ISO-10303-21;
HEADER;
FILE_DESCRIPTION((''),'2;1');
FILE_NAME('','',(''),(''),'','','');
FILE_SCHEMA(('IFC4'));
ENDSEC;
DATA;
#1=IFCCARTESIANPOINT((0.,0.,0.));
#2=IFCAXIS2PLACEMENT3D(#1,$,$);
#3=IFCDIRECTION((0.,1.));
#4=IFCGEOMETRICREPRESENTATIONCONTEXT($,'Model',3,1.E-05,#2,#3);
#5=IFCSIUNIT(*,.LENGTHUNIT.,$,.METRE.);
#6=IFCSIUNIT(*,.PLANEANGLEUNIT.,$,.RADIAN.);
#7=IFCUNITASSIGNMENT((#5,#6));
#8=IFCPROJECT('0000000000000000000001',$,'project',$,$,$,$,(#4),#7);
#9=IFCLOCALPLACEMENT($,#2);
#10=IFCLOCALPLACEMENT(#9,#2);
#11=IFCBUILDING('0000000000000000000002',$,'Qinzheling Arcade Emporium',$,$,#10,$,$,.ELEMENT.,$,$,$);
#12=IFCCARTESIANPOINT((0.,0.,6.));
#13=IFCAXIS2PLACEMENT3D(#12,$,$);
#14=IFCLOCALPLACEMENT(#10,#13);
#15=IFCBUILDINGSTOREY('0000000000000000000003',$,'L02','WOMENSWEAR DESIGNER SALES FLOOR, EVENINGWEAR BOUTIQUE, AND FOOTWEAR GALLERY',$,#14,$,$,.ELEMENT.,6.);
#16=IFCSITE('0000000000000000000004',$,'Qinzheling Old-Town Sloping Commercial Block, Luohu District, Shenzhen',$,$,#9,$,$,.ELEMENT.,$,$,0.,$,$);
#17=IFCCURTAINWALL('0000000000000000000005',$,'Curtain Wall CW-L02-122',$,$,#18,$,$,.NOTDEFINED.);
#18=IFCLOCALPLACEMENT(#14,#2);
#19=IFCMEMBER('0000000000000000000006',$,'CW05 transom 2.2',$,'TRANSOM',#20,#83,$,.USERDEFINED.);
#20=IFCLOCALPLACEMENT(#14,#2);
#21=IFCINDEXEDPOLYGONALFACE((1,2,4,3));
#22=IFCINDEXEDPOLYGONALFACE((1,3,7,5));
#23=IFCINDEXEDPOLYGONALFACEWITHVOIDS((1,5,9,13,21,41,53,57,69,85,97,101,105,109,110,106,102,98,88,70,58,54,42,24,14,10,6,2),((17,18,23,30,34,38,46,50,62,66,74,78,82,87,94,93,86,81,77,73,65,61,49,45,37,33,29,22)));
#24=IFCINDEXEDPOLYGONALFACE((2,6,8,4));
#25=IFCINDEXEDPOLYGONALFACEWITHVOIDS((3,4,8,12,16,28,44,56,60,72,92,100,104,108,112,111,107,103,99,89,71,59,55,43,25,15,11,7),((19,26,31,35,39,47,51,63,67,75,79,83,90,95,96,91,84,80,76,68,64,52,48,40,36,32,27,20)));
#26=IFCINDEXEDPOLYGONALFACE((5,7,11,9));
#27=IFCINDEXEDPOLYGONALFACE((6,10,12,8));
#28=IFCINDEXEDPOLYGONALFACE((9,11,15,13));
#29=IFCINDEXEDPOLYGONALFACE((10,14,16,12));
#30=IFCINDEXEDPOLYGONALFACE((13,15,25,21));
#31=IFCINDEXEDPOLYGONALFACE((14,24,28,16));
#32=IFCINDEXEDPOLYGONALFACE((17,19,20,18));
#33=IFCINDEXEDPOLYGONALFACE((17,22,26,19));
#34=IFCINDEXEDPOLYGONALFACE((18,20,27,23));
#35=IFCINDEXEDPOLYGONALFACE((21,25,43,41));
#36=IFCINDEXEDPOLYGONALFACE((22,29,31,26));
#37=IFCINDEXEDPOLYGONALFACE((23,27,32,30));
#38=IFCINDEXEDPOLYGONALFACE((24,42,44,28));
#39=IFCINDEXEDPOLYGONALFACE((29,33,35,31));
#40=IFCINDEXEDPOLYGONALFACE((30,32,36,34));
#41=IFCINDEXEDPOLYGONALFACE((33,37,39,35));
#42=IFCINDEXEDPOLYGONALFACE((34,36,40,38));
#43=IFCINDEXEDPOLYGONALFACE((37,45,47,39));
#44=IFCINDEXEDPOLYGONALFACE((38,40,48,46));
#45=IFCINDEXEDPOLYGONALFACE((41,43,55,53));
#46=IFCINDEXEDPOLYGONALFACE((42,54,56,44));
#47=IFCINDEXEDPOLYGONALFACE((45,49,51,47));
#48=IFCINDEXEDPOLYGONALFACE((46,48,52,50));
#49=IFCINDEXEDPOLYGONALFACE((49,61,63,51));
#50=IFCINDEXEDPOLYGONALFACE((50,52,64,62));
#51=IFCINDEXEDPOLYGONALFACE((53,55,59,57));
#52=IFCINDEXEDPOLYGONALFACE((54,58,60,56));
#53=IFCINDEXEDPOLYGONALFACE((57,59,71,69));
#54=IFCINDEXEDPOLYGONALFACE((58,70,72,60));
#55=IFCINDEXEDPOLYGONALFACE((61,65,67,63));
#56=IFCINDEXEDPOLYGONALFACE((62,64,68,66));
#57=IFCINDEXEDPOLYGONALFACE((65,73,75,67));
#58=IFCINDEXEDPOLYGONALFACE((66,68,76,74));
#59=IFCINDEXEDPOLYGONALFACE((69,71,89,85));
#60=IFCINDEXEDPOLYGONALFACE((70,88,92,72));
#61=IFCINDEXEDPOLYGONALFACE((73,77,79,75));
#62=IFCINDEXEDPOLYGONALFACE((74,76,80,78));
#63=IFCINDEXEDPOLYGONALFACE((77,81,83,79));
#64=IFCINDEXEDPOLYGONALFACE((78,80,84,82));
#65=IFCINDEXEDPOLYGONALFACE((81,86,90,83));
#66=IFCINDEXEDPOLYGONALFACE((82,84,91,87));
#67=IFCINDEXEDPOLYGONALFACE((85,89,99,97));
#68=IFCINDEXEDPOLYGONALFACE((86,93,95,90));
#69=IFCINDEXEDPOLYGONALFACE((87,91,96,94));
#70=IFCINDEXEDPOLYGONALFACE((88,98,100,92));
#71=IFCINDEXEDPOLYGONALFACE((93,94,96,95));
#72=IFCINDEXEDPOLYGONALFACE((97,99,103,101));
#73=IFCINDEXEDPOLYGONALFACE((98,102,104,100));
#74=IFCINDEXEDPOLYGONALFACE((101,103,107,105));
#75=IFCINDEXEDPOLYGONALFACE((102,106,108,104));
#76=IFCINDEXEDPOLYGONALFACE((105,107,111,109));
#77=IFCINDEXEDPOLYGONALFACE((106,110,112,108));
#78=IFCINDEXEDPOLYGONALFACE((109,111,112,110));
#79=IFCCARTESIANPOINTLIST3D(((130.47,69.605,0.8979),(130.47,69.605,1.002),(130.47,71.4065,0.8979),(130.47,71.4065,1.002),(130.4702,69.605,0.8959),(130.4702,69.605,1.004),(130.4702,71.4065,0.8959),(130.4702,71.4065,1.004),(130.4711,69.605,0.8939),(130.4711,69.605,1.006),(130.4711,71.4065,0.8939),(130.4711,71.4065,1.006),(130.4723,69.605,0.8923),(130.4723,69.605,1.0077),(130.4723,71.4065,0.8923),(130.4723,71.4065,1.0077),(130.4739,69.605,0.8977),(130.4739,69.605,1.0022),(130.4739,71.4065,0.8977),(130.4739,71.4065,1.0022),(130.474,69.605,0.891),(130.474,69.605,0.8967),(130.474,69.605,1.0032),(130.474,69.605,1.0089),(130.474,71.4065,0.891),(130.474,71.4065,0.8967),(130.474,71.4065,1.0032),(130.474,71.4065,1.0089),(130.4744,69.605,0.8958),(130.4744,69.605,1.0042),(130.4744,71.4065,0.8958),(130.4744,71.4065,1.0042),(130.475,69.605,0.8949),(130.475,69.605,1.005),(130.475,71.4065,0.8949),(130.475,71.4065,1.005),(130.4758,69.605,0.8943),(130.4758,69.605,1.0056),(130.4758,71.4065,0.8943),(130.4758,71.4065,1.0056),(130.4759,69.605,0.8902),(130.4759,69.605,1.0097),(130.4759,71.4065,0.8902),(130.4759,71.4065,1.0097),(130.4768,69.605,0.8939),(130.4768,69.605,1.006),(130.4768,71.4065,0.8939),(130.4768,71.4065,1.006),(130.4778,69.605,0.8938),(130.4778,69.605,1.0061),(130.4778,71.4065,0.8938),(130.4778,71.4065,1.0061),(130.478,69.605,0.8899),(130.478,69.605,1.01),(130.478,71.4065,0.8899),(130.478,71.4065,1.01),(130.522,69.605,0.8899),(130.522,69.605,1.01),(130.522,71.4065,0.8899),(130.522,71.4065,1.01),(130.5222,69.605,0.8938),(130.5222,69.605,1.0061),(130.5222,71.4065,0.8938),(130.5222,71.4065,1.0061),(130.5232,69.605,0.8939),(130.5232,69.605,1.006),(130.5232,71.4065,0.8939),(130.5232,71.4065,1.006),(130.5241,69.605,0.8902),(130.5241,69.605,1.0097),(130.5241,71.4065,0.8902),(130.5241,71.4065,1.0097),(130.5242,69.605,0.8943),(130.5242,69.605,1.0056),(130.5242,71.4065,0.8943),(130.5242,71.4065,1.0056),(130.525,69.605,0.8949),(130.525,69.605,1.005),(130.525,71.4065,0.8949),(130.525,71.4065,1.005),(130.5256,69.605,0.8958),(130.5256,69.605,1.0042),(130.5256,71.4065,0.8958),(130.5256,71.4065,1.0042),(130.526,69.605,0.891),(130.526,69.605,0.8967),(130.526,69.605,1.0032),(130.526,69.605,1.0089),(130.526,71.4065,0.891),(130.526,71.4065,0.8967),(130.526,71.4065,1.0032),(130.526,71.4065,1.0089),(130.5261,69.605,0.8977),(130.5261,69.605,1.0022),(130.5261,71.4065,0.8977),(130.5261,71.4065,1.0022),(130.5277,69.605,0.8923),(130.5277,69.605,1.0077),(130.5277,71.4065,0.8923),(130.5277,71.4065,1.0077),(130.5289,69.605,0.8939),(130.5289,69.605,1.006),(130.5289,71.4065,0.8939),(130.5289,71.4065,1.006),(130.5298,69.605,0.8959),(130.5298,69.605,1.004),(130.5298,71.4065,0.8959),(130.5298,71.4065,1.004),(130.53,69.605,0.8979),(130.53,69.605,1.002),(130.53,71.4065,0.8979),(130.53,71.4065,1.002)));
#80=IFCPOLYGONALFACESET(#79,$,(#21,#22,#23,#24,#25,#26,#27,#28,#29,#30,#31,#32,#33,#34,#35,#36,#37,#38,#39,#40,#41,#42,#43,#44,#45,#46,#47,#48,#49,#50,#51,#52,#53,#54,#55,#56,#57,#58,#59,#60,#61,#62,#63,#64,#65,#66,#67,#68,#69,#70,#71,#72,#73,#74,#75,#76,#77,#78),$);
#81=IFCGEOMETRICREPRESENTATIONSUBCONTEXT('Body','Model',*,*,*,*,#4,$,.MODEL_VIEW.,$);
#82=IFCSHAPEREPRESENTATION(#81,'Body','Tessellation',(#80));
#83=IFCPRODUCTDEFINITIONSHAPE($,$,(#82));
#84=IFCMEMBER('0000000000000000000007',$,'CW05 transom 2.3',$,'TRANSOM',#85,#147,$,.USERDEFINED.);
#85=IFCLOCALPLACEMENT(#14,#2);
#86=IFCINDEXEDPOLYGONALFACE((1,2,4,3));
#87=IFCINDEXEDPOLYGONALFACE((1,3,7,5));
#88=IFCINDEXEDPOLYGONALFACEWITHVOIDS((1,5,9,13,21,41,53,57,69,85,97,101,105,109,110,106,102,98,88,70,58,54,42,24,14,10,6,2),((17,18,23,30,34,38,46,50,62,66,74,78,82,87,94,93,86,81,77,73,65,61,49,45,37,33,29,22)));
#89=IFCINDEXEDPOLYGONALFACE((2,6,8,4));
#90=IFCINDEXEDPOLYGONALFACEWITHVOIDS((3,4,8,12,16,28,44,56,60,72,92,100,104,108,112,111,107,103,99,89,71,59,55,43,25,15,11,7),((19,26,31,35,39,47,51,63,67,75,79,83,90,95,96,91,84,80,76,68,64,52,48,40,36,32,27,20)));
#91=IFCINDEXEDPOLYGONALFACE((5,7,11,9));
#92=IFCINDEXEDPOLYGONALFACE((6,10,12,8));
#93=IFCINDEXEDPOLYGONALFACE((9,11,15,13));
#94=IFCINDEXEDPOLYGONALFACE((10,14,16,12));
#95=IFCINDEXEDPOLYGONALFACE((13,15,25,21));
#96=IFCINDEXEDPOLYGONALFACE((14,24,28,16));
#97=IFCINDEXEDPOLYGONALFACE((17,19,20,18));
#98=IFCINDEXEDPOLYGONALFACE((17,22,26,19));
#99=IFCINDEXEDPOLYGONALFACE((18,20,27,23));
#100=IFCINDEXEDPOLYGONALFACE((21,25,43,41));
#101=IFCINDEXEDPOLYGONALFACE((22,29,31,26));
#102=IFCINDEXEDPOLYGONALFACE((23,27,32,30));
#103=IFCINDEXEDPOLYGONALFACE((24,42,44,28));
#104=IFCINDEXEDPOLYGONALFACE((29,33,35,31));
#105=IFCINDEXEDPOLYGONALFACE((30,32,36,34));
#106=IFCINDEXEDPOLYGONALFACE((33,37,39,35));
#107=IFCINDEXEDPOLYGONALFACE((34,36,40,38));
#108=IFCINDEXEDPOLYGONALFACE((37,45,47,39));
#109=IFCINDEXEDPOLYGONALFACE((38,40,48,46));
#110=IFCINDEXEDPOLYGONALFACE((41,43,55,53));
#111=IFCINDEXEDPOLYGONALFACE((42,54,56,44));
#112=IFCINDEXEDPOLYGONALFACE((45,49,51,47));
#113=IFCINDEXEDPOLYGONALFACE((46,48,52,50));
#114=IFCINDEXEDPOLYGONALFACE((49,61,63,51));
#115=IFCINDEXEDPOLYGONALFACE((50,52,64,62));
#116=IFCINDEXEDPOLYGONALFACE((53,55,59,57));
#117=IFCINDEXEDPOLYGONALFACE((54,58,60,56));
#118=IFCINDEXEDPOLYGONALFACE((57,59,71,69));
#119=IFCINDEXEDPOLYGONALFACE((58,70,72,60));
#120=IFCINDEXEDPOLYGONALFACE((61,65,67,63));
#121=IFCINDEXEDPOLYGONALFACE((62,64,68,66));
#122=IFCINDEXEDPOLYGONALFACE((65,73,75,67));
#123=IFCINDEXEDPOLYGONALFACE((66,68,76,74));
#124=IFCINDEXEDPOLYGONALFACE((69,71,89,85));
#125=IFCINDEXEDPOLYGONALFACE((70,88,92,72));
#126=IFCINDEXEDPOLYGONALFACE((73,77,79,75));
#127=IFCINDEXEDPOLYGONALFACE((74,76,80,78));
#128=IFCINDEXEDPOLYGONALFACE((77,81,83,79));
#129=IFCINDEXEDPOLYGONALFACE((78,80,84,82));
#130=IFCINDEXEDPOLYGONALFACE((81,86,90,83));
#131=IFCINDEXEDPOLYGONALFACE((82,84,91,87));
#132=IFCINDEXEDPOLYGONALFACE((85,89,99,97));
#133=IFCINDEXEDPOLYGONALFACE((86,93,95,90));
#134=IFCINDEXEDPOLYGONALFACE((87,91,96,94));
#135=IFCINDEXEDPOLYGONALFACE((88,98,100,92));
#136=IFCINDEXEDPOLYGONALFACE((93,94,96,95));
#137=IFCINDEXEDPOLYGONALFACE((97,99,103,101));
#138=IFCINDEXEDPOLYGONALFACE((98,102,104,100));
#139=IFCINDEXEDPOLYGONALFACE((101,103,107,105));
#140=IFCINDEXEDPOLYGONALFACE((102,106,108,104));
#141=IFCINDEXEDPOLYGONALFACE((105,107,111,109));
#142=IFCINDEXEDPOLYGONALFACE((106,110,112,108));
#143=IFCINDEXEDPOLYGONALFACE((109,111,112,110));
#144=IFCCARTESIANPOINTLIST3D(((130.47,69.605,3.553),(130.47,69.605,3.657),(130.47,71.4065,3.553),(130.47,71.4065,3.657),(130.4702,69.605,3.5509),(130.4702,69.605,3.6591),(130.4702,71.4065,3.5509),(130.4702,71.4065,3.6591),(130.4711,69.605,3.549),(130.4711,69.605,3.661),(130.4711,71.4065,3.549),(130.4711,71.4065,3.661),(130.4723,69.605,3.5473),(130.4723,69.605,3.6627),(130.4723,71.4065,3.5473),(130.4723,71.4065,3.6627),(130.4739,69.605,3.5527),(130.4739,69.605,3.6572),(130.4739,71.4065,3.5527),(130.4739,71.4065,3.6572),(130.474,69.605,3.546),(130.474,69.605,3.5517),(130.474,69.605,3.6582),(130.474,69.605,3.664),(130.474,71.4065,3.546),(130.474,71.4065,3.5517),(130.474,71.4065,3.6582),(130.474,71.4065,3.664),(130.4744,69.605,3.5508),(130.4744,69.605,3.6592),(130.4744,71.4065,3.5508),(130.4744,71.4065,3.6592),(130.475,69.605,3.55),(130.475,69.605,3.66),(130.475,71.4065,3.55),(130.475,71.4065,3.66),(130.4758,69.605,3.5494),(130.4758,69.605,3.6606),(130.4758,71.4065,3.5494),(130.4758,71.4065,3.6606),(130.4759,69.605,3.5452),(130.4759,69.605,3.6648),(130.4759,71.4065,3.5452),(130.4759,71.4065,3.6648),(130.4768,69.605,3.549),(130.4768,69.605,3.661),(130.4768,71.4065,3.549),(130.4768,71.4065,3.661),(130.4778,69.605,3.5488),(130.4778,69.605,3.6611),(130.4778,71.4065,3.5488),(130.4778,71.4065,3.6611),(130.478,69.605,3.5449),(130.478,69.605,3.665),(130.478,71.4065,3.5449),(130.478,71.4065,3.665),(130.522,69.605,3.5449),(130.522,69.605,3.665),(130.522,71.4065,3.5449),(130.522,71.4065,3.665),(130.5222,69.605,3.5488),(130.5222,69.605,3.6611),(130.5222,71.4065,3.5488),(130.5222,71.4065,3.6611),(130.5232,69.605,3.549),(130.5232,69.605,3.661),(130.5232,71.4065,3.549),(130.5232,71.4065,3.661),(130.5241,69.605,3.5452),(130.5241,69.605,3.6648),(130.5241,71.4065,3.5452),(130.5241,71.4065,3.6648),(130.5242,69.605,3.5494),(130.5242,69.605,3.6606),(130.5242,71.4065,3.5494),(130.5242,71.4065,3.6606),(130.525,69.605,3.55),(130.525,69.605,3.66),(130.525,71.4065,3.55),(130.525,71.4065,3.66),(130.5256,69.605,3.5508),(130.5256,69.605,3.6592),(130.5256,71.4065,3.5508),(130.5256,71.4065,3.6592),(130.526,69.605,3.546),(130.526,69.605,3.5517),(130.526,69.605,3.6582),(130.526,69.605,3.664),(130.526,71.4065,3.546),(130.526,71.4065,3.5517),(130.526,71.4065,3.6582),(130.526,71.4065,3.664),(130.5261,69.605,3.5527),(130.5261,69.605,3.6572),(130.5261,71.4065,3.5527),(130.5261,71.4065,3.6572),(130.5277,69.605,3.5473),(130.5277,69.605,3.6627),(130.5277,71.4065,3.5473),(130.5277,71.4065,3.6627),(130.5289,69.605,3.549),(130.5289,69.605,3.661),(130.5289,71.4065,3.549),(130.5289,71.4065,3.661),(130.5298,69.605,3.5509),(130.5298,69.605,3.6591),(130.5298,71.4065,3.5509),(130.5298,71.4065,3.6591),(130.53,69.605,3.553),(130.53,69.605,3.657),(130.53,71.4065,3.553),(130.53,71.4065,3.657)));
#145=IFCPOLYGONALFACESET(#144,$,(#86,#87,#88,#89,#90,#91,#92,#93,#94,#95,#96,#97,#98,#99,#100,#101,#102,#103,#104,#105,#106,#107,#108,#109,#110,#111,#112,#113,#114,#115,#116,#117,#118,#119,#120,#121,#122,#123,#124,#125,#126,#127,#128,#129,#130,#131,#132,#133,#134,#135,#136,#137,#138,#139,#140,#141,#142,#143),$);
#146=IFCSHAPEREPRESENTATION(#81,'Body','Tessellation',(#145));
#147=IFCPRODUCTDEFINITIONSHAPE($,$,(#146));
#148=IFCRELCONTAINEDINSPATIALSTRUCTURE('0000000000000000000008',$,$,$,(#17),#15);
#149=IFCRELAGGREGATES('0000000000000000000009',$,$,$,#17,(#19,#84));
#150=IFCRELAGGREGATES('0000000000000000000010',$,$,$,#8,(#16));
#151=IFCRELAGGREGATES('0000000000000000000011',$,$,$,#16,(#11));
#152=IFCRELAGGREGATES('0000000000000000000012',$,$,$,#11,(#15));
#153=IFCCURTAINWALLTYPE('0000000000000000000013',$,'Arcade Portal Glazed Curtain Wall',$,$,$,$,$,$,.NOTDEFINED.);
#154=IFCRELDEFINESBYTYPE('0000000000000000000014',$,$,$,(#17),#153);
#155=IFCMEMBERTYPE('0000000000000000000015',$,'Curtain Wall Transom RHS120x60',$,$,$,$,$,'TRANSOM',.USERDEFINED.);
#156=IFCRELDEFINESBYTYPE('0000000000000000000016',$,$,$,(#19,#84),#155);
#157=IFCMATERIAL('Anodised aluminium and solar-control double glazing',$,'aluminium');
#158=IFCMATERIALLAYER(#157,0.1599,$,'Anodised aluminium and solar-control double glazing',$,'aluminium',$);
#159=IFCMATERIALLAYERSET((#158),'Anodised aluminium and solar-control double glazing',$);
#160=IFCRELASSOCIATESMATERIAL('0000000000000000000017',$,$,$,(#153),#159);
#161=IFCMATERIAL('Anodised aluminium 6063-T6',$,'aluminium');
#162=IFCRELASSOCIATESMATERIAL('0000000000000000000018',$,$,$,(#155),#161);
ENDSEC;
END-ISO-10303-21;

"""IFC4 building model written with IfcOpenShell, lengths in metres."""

from ifc_helpers import new_model, si_unit, direction, frame, origin, origin_2d, place, context, subcontext, project, spatial, hollow_rectangle, extrude, material, layer, layer_set, material_profile, profile_set, type_object, element, aggregate, save


model = new_model("IFC4")

# Units and contexts
model_context = context("Model", 3, precision=1e-05, world=origin(), true_north=direction((0.0, 1.0)))
body_context = subcontext(model_context, "Body", "Model", "MODEL_VIEW")
ifc_project = project(units=[si_unit("LENGTHUNIT", "METRE"), si_unit("PLANEANGLEUNIT", "RADIAN")], contexts=[model_context])

# Site, building, storey
site_placement = place(None, origin())
site = spatial("IfcSite", under=ifc_project, at=site_placement, Name="Qinzheling Old-Town Sloping Commercial Block, Luohu District, Shenzhen", CompositionType="ELEMENT", RefElevation=0.0)
building_placement = place(site_placement, origin())
building = spatial("IfcBuilding", under=site, at=building_placement, Name="Qinzheling Arcade Emporium", CompositionType="ELEMENT")
storey_placement = place(building_placement, frame((0.0, 0.0, 6.0)))
storey = spatial("IfcBuildingStorey", under=building, at=storey_placement, Name="L02", Description="WOMENSWEAR DESIGNER SALES FLOOR, EVENINGWEAR BOUTIQUE, AND FOOTWEAR GALLERY", CompositionType="ELEMENT", Elevation=6.0)

# Curtain wall, members
ifc_material_1 = material(Name="Anodised aluminium and solar-control double glazing", Category="aluminium")
ifc_layer_1 = layer(ifc_material_1, 0.1599, Name="Anodised aluminium and solar-control double glazing", Category="aluminium")
ifc_layer_set_1 = layer_set([ifc_layer_1], Name="Anodised aluminium and solar-control double glazing")
curtain_wall_type = type_object("IfcCurtainWallType", Name="Arcade Portal Glazed Curtain Wall", PredefinedType="NOTDEFINED", material=ifc_layer_set_1)
curtain_wall_placement = place(storey_placement, origin())
curtain_wall = element("IfcCurtainWall", 1, at=curtain_wall_placement, inside=storey, type_object=curtain_wall_type, Name="Curtain Wall CW-L02-122", PredefinedType="NOTDEFINED")
ifc_material_2 = material(Name="Anodised aluminium 6063-T6", Category="aluminium")
ifc_material_profile_1 = material_profile(ifc_material_2, hollow_rectangle(XDim=0.0601, YDim=0.1201, WallThickness=0.0039, InnerFilletRadius=0.0039, OuterFilletRadius=0.0081, at=origin_2d()), Name="RHS 120x60x4", Category="aluminium")
ifc_profile_set_1 = profile_set([ifc_material_profile_1], Name="Anodised aluminium 6063-T6")
member_type_1 = type_object("IfcMemberType", Name="Curtain Wall Transom RHS120x60", ElementType="TRANSOM", PredefinedType="USERDEFINED", material=ifc_profile_set_1)
member_1_placement = place(storey_placement, frame((130.5, 71.4065, 0.95), z_axis=(0.0, -1.0, 0.0), x_axis=(1.0, 0.0, 0.0)))
member_1 = element("IfcMember", 2, at=member_1_placement, type_object=member_type_1, Name="CW05 transom 2.2", ObjectType="TRANSOM", PredefinedType="USERDEFINED", context=body_context, shape_type="SweptSolid", body=[
    extrude(hollow_rectangle(XDim=0.0601, YDim=0.1201, WallThickness=0.0039, InnerFilletRadius=0.0039, OuterFilletRadius=0.0081, at=origin_2d()), origin(), (0.0, 0.0, 1.0), 1.8015),
])
member_2_placement = place(storey_placement, frame((130.5, 71.4065, 3.605), z_axis=(0.0, -1.0, 0.0), x_axis=(1.0, 0.0, 0.0)))
member_2 = element("IfcMember", 3, at=member_2_placement, type_object=member_type_1, Name="CW05 transom 2.3", ObjectType="TRANSOM", PredefinedType="USERDEFINED", context=body_context, shape_type="SweptSolid", body=[
    extrude(hollow_rectangle(XDim=0.0601, YDim=0.1201, WallThickness=0.0039, InnerFilletRadius=0.0039, OuterFilletRadius=0.0081, at=origin_2d()), origin(), (0.0, 0.0, 1.0), 1.8015),
])
aggregate(curtain_wall, [member_1, member_2])

save(model, "model.ifc")
